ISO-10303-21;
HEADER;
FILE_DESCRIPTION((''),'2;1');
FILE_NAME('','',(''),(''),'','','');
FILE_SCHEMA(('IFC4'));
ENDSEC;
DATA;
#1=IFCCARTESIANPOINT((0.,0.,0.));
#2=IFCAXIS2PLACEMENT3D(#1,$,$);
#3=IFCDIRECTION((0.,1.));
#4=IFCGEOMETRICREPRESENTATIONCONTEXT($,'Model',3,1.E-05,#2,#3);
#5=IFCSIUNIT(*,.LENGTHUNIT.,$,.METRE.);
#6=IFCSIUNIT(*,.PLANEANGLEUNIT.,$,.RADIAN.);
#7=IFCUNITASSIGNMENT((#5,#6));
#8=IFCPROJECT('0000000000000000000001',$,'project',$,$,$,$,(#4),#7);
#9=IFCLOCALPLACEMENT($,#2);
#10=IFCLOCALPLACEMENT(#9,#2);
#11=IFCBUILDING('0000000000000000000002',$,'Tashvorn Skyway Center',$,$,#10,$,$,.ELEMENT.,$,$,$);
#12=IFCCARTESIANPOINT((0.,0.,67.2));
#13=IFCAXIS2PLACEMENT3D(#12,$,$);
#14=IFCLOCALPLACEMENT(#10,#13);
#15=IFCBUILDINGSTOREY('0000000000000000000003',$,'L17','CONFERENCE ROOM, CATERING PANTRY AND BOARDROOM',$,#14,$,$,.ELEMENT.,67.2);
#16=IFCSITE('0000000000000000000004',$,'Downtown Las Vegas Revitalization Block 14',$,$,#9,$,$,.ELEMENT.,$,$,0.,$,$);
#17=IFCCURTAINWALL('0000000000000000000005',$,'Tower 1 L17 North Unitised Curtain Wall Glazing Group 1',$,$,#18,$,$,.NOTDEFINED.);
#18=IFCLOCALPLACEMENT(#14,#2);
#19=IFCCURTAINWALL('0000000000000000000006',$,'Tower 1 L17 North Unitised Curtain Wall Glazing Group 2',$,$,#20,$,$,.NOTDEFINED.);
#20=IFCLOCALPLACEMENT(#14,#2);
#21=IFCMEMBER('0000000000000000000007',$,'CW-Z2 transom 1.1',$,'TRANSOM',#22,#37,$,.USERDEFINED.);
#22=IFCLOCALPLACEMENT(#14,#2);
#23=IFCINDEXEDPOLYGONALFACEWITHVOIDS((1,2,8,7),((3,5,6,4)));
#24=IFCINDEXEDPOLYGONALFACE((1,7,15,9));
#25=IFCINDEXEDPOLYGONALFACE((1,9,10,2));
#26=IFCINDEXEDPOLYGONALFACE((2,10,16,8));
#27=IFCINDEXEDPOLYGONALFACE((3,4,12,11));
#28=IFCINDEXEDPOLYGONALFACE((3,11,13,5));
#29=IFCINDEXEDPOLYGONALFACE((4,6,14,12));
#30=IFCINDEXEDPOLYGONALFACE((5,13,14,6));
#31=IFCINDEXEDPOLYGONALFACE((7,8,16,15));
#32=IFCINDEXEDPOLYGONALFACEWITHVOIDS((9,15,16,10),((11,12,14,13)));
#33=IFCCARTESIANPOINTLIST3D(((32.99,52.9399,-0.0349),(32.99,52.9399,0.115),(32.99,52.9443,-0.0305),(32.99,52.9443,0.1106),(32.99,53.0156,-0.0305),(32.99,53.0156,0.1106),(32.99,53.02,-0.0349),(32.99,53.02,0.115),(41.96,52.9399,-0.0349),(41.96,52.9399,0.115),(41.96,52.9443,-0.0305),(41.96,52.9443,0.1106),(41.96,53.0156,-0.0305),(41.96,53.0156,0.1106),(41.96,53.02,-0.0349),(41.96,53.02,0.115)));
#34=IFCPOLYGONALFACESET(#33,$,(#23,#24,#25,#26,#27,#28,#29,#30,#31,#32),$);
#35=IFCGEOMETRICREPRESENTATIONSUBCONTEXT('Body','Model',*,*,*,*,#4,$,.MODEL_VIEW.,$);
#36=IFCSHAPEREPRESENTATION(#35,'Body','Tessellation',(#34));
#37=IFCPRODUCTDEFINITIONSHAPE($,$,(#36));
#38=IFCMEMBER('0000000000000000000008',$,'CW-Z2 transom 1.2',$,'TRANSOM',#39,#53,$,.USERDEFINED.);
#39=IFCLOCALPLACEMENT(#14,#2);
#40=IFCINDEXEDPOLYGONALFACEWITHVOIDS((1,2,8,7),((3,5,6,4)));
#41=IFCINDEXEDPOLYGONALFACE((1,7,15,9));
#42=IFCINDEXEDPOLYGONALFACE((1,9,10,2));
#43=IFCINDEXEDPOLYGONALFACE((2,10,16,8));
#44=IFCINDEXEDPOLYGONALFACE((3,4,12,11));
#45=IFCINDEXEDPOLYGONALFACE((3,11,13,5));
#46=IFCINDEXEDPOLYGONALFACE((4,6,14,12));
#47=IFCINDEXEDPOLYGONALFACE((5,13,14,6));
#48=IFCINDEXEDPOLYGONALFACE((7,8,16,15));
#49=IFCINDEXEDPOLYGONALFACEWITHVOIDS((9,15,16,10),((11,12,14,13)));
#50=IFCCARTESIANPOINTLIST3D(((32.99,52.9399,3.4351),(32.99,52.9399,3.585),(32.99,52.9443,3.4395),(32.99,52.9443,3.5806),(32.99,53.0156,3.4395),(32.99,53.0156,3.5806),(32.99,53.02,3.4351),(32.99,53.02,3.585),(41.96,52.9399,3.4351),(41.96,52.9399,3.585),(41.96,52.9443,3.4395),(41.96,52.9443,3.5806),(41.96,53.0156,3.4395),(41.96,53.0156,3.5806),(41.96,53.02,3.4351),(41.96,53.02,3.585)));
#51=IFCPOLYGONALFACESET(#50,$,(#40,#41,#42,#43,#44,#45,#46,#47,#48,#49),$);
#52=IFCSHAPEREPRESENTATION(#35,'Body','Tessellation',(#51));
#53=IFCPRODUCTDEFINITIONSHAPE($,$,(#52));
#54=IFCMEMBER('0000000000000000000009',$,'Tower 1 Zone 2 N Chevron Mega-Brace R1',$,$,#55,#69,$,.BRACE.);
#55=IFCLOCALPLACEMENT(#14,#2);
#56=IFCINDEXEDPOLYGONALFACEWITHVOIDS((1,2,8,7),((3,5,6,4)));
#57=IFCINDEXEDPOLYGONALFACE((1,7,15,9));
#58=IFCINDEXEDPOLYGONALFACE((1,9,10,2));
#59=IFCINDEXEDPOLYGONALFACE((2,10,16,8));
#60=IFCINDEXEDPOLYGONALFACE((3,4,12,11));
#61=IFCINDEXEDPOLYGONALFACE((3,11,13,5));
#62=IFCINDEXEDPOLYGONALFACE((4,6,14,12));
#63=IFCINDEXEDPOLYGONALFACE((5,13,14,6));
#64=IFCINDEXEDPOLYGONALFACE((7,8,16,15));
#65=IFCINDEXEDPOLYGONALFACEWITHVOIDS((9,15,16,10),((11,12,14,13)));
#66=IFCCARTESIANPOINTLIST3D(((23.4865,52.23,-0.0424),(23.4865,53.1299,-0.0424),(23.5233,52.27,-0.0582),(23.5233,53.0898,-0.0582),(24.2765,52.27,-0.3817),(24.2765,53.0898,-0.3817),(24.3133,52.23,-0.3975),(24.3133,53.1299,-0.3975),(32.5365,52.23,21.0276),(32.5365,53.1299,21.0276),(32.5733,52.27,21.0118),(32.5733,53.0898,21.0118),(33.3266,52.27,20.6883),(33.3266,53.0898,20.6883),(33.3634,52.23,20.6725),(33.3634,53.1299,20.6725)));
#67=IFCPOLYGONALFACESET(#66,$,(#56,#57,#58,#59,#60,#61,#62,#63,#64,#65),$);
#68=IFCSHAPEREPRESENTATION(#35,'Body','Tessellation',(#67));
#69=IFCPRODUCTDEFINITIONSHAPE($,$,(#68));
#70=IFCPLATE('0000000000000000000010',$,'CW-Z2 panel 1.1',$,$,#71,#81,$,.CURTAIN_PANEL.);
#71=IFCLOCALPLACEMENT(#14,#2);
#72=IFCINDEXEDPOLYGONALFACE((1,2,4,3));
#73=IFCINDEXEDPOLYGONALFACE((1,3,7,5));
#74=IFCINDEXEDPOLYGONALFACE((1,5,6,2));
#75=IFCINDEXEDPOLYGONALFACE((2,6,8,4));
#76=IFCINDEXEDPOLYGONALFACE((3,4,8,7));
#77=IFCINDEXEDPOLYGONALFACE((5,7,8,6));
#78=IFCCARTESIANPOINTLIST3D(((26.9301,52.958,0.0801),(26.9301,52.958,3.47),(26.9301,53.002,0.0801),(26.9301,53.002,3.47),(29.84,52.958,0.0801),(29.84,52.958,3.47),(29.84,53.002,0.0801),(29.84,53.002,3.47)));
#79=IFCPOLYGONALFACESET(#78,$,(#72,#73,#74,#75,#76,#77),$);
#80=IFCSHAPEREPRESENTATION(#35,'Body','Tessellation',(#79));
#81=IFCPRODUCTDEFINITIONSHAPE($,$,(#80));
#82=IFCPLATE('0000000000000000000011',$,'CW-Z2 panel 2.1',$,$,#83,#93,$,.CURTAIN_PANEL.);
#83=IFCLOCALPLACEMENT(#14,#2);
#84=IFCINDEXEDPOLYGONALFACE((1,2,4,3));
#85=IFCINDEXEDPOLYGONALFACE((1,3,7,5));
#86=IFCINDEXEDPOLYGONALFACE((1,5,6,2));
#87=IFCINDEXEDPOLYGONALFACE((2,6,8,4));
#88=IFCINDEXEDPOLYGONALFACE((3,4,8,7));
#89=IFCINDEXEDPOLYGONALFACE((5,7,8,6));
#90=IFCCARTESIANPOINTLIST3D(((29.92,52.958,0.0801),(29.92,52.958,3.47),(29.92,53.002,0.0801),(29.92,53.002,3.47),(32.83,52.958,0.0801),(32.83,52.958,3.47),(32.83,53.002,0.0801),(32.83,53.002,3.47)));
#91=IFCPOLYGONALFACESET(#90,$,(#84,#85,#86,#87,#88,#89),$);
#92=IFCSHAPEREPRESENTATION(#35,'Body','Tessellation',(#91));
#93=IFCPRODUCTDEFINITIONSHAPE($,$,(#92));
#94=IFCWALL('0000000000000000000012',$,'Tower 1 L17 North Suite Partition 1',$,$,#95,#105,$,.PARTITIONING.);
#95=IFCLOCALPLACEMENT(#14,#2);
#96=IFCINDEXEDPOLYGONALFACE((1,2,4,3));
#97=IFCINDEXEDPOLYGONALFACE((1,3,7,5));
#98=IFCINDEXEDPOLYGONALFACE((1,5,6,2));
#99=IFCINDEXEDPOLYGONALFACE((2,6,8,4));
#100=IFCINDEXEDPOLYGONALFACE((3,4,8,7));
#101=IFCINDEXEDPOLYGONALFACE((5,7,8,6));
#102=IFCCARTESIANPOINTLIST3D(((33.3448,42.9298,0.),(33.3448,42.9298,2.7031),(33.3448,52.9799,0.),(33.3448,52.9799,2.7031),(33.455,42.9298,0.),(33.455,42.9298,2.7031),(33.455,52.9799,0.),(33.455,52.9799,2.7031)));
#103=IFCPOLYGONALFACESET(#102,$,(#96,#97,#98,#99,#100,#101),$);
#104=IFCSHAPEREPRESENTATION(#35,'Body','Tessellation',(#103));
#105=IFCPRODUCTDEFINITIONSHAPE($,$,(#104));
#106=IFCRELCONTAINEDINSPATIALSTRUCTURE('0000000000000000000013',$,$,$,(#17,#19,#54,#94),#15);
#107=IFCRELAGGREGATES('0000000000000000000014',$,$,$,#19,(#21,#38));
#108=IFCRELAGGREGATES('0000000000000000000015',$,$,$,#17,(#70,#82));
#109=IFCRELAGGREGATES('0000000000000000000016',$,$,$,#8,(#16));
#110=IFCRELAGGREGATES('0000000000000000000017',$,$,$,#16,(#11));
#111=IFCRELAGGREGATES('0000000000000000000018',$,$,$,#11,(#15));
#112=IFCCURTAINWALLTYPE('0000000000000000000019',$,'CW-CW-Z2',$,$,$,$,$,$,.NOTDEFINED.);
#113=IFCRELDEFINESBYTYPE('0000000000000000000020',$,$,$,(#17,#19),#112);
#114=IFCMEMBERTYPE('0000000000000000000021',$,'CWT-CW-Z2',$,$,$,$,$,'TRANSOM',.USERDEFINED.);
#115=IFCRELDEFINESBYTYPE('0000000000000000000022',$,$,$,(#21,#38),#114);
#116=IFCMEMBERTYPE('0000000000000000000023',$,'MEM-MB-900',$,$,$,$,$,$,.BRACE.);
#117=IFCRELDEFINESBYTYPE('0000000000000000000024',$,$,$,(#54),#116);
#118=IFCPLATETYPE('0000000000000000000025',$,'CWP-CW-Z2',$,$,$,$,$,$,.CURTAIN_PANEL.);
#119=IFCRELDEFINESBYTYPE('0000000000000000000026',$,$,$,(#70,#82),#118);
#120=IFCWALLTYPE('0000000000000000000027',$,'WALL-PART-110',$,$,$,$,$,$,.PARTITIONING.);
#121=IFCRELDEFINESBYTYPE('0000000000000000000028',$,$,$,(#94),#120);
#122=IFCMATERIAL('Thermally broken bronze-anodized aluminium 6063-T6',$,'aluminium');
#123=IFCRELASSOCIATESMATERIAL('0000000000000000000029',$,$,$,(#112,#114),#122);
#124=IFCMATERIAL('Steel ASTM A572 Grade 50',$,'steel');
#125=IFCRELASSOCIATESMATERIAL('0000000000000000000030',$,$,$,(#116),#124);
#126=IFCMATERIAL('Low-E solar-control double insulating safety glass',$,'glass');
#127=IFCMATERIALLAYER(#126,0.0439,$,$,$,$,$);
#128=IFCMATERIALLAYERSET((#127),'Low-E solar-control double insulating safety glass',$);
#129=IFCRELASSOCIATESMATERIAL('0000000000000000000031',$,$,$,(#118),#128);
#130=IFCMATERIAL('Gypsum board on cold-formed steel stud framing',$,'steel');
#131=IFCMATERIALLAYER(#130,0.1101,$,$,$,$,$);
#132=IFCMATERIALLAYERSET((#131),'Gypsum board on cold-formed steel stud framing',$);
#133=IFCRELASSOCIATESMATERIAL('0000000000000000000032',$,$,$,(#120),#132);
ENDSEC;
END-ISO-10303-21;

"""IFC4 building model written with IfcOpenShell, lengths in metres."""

from ifc_helpers import new_model, si_unit, direction, frame, frame_2d, origin, origin_2d, place, context, subcontext, project, spatial, rectangle, hollow_rectangle, extrude, material, layer, layer_set, material_profile, profile_set, type_object, element, aggregate, save


model = new_model("IFC4")

# Units and contexts
model_context = context("Model", 3, precision=1e-05, world=origin(), true_north=direction((0.0, 1.0)))
body_context = subcontext(model_context, "Body", "Model", "MODEL_VIEW")
ifc_project = project(units=[si_unit("LENGTHUNIT", "METRE"), si_unit("PLANEANGLEUNIT", "RADIAN")], contexts=[model_context])

# Site, building, storey
site_placement = place(None, origin())
site = spatial("IfcSite", under=ifc_project, at=site_placement, Name="Downtown Las Vegas Revitalization Block 14", CompositionType="ELEMENT", RefElevation=0.0)
building_placement = place(site_placement, origin())
building = spatial("IfcBuilding", under=site, at=building_placement, Name="Tashvorn Skyway Center", CompositionType="ELEMENT")
storey_placement = place(building_placement, frame((0.0, 0.0, 67.2)))
storey = spatial("IfcBuildingStorey", under=building, at=storey_placement, Name="L17", Description="CONFERENCE ROOM, CATERING PANTRY AND BOARDROOM", CompositionType="ELEMENT", Elevation=67.2)

# Curtain wall
ifc_material_1 = material(Name="Thermally broken bronze-anodized aluminium 6063-T6", Category="aluminium")
curtain_wall_type = type_object("IfcCurtainWallType", Name="CW-CW-Z2", PredefinedType="NOTDEFINED", material=ifc_material_1)
curtain_wall_1_placement = place(storey_placement, origin())
curtain_wall_1 = element("IfcCurtainWall", 1, at=curtain_wall_1_placement, inside=storey, type_object=curtain_wall_type, Name="Tower 1 L17 North Unitised Curtain Wall Glazing Group 1", PredefinedType="NOTDEFINED")

# Curtain wall
curtain_wall_2_placement = place(storey_placement, origin())
curtain_wall_2 = element("IfcCurtainWall", 2, at=curtain_wall_2_placement, inside=storey, type_object=curtain_wall_type, Name="Tower 1 L17 North Unitised Curtain Wall Glazing Group 2", PredefinedType="NOTDEFINED")

# Members
ifc_material_profile_1 = material_profile(ifc_material_1, hollow_rectangle(XDim=0.0801, YDim=0.1499, WallThickness=0.0044, at=origin_2d()), Name="ALU-TRAN-80x150")
ifc_profile_set_1 = profile_set([ifc_material_profile_1], Name="Thermally broken bronze-anodized aluminium 6063-T6")
member_type_1 = type_object("IfcMemberType", Name="CWT-CW-Z2", ElementType="TRANSOM", PredefinedType="USERDEFINED", material=ifc_profile_set_1)
member_1_placement = place(storey_placement, frame((32.99, 52.98, 0.04), z_axis=(1.0, 0.0, 0.0), x_axis=(0.0, 1.0, 0.0)))
member_1 = element("IfcMember", 3, at=member_1_placement, type_object=member_type_1, Name="CW-Z2 transom 1.1", ObjectType="TRANSOM", PredefinedType="USERDEFINED", context=body_context, shape_type="SweptSolid", body=[
    extrude(hollow_rectangle(XDim=0.0801, YDim=0.1499, WallThickness=0.0044, at=origin_2d()), origin(), (0.0, 0.0, 1.0), 8.97),
])
member_2_placement = place(storey_placement, frame((32.99, 52.98, 3.51), z_axis=(1.0, 0.0, 0.0), x_axis=(0.0, 1.0, 0.0)))
member_2 = element("IfcMember", 4, at=member_2_placement, type_object=member_type_1, Name="CW-Z2 transom 1.2", ObjectType="TRANSOM", PredefinedType="USERDEFINED", context=body_context, shape_type="SweptSolid", body=[
    extrude(hollow_rectangle(XDim=0.0801, YDim=0.1499, WallThickness=0.0044, at=origin_2d()), origin(), (0.0, 0.0, 1.0), 8.97),
])
aggregate(curtain_wall_2, [member_1, member_2])
ifc_material_2 = material(Name="Steel ASTM A572 Grade 50", Category="steel")
ifc_material_profile_2 = material_profile(ifc_material_2, hollow_rectangle(XDim=0.8999, YDim=0.8999, WallThickness=0.04, at=origin_2d()), Name="BOX900x900x40")
ifc_profile_set_2 = profile_set([ifc_material_profile_2], Name="Steel ASTM A572 Grade 50")
member_type_2 = type_object("IfcMemberType", Name="MEM-MB-900", PredefinedType="BRACE", material=ifc_profile_set_2)
member_3_placement = place(storey_placement, frame((23.8999, 52.6799, -0.22), z_axis=(0.394657, 0.0, 0.918829), x_axis=(0.0, 1.0, 0.0)))
element("IfcMember", 5, at=member_3_placement, inside=storey, type_object=member_type_2, Name="Tower 1 Zone 2 N Chevron Mega-Brace R1", PredefinedType="BRACE", context=body_context, shape_type="SweptSolid", body=[
    extrude(hollow_rectangle(XDim=0.8999, YDim=0.8999, WallThickness=0.04, at=origin_2d()), origin(), (0.0, 0.0, 1.0), 22.9314),
])

# Plates
ifc_material_3 = material(Name="Low-E solar-control double insulating safety glass", Category="glass")
ifc_layer_1 = layer(ifc_material_3, 0.0439)
ifc_layer_set_1 = layer_set([ifc_layer_1], Name="Low-E solar-control double insulating safety glass")
plate_type = type_object("IfcPlateType", Name="CWP-CW-Z2", PredefinedType="CURTAIN_PANEL", material=ifc_layer_set_1)
plate_1_placement = place(storey_placement, frame((28.385, 52.98, 0.0801), z_axis=(0.0, 0.0, 1.0), x_axis=(1.0, 0.0, 0.0)))
plate_1 = element("IfcPlate", 6, at=plate_1_placement, type_object=plate_type, Name="CW-Z2 panel 1.1", PredefinedType="CURTAIN_PANEL", context=body_context, shape_type="SweptSolid", body=[
    extrude(rectangle(XDim=2.9099, YDim=0.0439, at=origin_2d()), origin(), (0.0, 0.0, 1.0), 3.3899),
])
plate_2_placement = place(storey_placement, frame((31.375, 52.98, 0.0801), z_axis=(0.0, 0.0, 1.0), x_axis=(1.0, 0.0, 0.0)))
plate_2 = element("IfcPlate", 7, at=plate_2_placement, type_object=plate_type, Name="CW-Z2 panel 2.1", PredefinedType="CURTAIN_PANEL", context=body_context, shape_type="SweptSolid", body=[
    extrude(rectangle(XDim=2.9099, YDim=0.0439, at=origin_2d()), origin(), (0.0, 0.0, 1.0), 3.3899),
])
aggregate(curtain_wall_1, [plate_1, plate_2])

# Wall
ifc_material_4 = material(Name="Gypsum board on cold-formed steel stud framing", Category="steel")
ifc_layer_2 = layer(ifc_material_4, 0.1101)
ifc_layer_set_2 = layer_set([ifc_layer_2], Name="Gypsum board on cold-formed steel stud framing")
wall_type_1 = type_object("IfcWallType", Name="WALL-PART-110", PredefinedType="PARTITIONING", material=ifc_layer_set_2)
wall_1_placement = place(storey_placement, frame((33.3999, 42.9299, 0.0), z_axis=(0.0, 0.0, 1.0), x_axis=(0.0, 1.0, 0.0)))
element("IfcWall", 8, at=wall_1_placement, inside=storey, type_object=wall_type_1, Name="Tower 1 L17 North Suite Partition 1", PredefinedType="PARTITIONING", context=body_context, shape_type="SweptSolid", body=[
    extrude(rectangle(XDim=10.05, YDim=0.1101, at=frame_2d((5.0249, 0.0))), origin(), (0.0, 0.0, 1.0), 2.7031),
])

save(model, "model.ifc")
